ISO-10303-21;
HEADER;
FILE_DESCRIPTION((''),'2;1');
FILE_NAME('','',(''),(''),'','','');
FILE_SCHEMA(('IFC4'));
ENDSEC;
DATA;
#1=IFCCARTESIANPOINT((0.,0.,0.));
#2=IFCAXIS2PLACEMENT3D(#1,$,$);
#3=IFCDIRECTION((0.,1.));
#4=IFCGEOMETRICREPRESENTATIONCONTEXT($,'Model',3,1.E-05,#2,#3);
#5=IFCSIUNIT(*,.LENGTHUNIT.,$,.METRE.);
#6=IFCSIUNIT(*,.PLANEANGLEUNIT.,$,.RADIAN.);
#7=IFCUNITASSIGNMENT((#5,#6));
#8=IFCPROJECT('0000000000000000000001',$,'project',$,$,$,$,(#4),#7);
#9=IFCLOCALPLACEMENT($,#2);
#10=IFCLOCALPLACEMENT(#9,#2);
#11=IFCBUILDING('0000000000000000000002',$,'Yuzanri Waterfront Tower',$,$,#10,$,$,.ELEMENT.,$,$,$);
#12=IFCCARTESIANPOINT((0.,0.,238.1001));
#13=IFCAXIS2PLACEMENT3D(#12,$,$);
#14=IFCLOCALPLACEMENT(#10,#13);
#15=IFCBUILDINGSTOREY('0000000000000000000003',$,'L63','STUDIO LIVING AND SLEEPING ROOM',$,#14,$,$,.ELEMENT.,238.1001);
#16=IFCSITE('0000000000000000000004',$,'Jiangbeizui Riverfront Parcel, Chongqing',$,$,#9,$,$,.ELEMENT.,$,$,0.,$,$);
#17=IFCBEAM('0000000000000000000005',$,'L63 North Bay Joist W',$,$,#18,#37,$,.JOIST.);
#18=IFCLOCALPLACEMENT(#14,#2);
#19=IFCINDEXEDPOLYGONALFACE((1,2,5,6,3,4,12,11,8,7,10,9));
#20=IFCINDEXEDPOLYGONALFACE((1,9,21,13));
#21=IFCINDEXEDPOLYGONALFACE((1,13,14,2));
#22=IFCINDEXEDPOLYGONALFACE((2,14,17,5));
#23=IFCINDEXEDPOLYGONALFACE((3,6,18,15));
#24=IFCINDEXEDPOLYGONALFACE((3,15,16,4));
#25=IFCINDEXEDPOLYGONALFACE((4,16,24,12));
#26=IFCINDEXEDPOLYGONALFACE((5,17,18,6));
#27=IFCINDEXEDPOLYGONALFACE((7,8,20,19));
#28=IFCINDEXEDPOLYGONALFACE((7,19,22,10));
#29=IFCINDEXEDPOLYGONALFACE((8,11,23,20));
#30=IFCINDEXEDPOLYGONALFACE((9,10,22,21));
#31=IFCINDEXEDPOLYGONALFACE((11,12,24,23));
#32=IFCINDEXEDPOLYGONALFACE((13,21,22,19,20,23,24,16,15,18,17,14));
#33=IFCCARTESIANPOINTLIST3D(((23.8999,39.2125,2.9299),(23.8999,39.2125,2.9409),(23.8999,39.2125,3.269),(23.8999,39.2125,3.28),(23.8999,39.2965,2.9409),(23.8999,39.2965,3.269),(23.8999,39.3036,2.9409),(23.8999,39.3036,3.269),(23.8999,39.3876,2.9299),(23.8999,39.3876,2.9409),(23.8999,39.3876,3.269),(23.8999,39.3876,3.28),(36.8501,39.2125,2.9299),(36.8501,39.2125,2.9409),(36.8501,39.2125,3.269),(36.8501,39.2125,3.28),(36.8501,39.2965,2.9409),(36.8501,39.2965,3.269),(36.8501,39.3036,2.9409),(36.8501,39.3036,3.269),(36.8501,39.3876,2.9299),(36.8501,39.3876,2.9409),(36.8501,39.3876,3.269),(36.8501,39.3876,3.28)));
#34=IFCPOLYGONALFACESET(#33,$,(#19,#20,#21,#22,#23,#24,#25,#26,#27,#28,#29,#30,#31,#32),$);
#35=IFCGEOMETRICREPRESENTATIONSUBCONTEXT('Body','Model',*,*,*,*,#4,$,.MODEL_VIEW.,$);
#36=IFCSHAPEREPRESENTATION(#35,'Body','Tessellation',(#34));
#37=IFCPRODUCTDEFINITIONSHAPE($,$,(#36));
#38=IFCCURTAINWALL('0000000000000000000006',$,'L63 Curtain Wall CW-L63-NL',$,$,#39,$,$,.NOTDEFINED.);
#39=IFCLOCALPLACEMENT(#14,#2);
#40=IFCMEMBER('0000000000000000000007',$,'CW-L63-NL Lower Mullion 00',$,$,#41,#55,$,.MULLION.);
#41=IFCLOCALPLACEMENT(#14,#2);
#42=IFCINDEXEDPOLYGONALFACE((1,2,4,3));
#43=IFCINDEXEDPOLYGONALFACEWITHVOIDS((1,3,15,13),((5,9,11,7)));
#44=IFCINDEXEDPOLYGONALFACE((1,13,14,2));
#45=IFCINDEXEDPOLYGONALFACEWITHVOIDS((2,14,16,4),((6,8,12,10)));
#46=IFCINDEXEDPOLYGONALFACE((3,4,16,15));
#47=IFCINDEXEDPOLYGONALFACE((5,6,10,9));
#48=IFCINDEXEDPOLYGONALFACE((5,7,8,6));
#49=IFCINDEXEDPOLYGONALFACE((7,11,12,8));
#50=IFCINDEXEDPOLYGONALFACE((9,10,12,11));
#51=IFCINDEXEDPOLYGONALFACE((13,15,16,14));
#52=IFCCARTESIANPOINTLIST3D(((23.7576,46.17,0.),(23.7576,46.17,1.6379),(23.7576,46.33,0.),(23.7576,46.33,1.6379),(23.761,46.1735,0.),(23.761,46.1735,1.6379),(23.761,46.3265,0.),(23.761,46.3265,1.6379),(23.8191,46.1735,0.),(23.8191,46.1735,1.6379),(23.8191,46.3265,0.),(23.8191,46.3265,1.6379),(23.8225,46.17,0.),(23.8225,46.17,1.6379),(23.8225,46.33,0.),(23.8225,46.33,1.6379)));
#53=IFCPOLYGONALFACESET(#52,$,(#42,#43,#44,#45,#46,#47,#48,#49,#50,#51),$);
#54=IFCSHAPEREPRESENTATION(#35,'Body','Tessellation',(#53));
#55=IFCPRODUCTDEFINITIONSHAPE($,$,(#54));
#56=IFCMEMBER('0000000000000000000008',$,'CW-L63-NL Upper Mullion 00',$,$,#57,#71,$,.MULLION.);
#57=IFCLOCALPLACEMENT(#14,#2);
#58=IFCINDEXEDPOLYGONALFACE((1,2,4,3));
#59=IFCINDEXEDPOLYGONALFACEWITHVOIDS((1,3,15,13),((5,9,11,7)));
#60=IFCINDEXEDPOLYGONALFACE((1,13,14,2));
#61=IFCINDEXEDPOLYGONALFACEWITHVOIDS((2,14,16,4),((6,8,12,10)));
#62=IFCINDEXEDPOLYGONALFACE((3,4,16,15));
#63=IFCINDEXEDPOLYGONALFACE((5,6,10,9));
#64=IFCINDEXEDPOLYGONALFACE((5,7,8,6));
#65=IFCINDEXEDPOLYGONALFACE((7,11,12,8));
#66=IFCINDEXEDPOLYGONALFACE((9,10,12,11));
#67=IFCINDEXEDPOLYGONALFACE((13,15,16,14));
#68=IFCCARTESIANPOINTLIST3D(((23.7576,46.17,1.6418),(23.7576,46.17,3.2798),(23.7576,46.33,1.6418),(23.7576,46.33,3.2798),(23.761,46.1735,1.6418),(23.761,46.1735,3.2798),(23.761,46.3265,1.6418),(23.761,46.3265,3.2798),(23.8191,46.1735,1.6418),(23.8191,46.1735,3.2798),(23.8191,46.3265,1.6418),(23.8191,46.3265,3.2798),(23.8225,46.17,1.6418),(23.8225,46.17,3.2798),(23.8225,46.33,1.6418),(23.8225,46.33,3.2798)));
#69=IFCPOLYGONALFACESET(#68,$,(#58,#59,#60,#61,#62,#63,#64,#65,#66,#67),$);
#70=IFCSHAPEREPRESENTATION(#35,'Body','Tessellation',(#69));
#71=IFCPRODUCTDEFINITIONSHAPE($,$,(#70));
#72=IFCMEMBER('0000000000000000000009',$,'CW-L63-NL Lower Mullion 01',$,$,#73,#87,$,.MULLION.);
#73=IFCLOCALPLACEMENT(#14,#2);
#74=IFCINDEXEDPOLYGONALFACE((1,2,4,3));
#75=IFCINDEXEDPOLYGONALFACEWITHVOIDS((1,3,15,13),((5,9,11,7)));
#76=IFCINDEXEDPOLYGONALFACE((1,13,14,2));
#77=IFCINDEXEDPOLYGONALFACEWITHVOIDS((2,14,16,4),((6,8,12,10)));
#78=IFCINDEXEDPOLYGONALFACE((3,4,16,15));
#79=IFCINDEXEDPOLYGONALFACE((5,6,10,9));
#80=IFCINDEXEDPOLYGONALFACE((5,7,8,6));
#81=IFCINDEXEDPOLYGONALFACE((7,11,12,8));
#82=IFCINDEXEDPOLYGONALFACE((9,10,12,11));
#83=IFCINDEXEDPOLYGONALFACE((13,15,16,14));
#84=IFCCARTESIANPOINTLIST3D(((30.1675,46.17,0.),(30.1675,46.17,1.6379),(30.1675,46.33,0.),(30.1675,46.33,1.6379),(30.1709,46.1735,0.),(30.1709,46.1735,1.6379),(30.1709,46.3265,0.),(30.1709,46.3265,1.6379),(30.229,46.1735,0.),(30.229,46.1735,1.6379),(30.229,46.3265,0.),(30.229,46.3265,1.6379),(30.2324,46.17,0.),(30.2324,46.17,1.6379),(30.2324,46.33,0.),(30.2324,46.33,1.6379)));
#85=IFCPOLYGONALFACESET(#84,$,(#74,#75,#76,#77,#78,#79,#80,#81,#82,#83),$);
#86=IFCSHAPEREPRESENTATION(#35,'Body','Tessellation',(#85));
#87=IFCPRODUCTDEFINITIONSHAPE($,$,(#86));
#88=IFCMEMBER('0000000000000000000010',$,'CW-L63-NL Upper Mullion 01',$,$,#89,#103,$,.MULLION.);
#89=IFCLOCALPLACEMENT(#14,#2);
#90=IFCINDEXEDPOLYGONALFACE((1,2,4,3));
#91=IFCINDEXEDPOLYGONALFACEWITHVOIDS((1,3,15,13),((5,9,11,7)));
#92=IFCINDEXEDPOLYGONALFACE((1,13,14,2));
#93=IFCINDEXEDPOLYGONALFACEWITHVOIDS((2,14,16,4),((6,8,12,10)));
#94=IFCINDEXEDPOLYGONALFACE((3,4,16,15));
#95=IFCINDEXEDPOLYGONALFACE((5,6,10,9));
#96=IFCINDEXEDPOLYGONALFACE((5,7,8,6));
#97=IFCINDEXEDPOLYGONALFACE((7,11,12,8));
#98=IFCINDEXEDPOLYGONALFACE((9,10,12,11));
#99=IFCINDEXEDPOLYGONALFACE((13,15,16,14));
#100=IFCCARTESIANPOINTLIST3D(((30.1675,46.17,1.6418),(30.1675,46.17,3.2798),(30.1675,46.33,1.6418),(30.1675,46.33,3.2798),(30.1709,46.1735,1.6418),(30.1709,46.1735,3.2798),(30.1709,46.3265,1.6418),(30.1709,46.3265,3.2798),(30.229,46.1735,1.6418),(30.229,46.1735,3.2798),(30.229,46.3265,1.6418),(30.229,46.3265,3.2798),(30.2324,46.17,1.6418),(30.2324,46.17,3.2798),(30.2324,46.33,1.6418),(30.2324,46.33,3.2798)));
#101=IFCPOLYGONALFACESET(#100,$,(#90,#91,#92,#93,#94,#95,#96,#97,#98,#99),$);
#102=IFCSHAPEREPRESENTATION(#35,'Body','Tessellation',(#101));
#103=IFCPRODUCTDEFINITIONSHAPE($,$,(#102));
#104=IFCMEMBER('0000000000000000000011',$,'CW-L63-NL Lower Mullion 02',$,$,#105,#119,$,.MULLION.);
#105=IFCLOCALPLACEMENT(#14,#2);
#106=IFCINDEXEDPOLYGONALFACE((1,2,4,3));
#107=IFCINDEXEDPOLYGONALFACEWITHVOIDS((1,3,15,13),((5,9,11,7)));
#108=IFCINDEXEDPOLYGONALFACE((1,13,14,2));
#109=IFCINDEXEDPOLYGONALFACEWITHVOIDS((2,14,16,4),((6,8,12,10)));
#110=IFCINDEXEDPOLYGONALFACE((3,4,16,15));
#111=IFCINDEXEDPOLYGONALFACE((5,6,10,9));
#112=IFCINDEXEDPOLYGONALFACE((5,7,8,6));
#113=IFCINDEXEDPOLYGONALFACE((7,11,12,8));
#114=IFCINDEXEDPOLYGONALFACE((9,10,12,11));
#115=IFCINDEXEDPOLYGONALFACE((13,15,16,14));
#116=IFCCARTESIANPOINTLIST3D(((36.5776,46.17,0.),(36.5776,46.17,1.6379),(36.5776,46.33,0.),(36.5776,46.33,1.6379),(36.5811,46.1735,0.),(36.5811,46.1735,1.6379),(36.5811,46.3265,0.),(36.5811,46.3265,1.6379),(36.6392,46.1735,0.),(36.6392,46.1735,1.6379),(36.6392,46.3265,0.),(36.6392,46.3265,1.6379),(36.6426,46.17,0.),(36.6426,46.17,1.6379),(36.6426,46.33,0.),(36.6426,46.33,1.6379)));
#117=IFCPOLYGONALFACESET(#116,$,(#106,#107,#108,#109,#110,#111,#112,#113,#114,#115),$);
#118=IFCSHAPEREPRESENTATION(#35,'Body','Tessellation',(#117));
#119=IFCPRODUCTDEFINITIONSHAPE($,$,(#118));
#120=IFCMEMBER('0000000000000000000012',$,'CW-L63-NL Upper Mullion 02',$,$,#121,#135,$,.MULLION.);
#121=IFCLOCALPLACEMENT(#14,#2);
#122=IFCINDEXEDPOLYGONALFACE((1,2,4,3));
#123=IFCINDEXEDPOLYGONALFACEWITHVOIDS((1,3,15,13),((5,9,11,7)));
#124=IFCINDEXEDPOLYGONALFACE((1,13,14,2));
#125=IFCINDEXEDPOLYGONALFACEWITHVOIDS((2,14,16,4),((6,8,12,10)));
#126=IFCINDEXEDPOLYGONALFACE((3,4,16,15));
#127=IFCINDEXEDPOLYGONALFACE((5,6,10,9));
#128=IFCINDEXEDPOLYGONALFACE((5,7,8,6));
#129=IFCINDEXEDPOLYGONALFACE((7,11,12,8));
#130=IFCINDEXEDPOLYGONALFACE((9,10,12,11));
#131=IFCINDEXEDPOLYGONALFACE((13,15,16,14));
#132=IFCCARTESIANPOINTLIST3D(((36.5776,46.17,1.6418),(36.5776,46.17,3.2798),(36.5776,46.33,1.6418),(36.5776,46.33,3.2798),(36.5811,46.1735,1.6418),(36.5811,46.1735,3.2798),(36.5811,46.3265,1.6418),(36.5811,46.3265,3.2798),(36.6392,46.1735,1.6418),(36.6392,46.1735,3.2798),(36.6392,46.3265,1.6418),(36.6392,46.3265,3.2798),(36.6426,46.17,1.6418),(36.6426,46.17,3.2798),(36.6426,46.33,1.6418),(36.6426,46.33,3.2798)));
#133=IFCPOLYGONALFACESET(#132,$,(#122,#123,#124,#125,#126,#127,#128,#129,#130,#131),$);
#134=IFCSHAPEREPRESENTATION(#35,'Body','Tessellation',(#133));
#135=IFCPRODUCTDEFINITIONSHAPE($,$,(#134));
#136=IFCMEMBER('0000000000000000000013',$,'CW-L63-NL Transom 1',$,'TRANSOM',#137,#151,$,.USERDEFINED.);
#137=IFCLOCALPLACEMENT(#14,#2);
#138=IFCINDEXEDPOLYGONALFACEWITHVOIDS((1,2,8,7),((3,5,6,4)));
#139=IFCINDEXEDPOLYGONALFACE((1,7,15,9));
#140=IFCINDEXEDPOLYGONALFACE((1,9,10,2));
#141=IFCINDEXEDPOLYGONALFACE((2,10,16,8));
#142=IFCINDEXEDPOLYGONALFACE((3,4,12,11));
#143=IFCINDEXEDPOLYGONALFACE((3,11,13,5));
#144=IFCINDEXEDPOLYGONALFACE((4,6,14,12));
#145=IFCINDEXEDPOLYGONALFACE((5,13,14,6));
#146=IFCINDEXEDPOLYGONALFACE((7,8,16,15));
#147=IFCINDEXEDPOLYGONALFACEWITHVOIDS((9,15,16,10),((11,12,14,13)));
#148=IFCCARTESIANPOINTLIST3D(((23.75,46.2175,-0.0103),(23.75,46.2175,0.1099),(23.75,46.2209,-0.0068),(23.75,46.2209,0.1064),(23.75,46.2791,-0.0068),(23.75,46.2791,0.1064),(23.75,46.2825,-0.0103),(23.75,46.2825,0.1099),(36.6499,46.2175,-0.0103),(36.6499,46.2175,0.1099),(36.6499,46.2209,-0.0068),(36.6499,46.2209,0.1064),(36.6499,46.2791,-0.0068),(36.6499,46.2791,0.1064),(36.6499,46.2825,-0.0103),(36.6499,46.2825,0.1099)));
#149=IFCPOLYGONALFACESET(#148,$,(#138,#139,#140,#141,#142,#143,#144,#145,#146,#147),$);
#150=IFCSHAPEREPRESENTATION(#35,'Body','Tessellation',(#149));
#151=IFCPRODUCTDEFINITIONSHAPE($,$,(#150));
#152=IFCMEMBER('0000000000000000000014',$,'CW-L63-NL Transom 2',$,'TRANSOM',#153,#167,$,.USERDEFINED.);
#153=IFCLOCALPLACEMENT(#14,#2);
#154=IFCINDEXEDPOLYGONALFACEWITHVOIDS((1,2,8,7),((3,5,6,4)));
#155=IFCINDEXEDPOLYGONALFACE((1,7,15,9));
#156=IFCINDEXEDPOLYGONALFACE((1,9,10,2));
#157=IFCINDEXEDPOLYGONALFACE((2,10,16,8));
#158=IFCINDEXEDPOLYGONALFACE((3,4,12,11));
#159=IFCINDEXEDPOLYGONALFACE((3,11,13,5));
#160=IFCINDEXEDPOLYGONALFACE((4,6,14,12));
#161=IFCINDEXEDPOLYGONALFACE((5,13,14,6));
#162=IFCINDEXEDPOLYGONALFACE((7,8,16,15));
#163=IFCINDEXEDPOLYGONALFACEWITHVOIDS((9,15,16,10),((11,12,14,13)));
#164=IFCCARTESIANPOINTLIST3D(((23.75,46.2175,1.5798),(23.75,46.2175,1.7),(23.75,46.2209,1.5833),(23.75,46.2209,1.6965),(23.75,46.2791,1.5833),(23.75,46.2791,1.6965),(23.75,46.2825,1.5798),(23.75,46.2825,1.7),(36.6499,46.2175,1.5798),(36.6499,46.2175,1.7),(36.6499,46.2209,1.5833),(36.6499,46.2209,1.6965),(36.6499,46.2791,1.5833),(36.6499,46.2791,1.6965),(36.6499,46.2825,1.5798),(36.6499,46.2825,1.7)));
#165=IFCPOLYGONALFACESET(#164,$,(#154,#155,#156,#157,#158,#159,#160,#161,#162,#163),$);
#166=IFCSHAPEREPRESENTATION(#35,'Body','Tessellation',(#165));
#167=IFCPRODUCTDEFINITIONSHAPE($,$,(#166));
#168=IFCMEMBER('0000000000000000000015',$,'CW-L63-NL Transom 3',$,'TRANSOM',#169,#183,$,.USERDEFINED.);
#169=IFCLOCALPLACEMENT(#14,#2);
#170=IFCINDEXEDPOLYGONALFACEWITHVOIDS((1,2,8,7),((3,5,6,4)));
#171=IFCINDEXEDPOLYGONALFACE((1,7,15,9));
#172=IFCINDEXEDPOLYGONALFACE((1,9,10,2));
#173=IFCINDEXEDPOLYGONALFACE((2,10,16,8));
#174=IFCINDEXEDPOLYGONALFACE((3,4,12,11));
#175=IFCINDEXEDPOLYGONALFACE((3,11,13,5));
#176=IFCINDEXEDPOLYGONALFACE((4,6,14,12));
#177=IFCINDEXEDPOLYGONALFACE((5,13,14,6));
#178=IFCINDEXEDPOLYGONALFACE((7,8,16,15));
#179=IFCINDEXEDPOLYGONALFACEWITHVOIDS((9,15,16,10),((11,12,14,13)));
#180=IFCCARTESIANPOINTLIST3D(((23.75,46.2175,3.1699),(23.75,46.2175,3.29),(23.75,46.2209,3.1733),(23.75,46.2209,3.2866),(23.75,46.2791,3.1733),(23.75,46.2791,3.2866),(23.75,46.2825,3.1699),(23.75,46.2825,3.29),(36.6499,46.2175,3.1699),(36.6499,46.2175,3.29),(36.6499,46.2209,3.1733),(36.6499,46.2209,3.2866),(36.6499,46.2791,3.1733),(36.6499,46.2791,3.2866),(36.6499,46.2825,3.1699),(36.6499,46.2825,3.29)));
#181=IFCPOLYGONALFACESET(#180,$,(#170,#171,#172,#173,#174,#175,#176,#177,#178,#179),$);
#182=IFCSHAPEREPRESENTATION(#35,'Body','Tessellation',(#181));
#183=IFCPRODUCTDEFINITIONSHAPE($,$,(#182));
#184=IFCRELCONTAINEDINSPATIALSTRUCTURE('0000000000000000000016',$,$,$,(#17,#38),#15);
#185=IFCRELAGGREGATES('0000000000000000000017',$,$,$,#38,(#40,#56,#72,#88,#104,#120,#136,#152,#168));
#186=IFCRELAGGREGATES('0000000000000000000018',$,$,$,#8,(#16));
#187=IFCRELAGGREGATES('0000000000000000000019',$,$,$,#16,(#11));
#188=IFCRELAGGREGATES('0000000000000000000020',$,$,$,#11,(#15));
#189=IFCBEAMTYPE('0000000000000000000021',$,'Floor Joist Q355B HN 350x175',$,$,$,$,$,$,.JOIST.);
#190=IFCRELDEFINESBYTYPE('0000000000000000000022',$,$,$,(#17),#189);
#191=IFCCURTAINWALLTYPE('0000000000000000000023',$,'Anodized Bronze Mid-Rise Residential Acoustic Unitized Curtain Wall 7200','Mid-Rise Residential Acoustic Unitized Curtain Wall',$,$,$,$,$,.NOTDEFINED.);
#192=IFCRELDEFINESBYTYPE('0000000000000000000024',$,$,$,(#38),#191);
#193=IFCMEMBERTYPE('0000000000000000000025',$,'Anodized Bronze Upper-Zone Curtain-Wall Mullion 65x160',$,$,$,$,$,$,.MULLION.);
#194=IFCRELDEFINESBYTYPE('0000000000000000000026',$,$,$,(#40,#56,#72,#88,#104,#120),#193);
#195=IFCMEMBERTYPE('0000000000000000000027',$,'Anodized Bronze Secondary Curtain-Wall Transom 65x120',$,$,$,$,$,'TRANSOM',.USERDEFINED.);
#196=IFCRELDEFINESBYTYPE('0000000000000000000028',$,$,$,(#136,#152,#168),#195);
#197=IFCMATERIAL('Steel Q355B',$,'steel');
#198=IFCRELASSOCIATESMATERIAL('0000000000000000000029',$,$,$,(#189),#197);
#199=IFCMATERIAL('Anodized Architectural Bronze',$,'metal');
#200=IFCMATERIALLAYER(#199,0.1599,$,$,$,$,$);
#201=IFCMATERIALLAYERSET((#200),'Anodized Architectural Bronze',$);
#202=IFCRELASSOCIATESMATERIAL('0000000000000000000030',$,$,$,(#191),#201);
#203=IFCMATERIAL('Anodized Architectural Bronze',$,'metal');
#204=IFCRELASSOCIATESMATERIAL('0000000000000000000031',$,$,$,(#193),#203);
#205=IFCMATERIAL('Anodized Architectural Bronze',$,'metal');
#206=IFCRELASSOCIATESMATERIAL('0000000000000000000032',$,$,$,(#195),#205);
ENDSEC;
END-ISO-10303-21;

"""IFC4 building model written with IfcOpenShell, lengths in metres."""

from ifc_helpers import new_model, si_unit, direction, frame, origin, origin_2d, place, context, subcontext, project, spatial, hollow_rectangle, i_section, extrude, source, transform, mapped, material, layer, layer_set, material_profile, profile_set, type_object, element, aggregate, save


model = new_model("IFC4")

# Units and contexts
model_context = context("Model", 3, precision=1e-05, world=origin(), true_north=direction((0.0, 1.0)))
body_context = subcontext(model_context, "Body", "Model", "MODEL_VIEW")
ifc_project = project(units=[si_unit("LENGTHUNIT", "METRE"), si_unit("PLANEANGLEUNIT", "RADIAN")], contexts=[model_context])

# Site, building, storey
site_placement = place(None, origin())
site = spatial("IfcSite", under=ifc_project, at=site_placement, Name="Jiangbeizui Riverfront Parcel, Chongqing", CompositionType="ELEMENT", RefElevation=0.0)
building_placement = place(site_placement, origin())
building = spatial("IfcBuilding", under=site, at=building_placement, Name="Yuzanri Waterfront Tower", CompositionType="ELEMENT")
storey_placement = place(building_placement, frame((0.0, 0.0, 238.1001)))
storey = spatial("IfcBuildingStorey", under=building, at=storey_placement, Name="L63", Description="STUDIO LIVING AND SLEEPING ROOM", CompositionType="ELEMENT", Elevation=238.1001)

# Beam
ifc_material_1 = material(Name="Steel Q355B", Category="steel")
ifc_material_profile_1 = material_profile(ifc_material_1, i_section(OverallWidth=0.175, OverallDepth=0.3501, WebThickness=0.0071, FlangeThickness=0.011, at=origin_2d()), Name="HN 350x175x7x11")
ifc_profile_set_1 = profile_set([ifc_material_profile_1], Name="Steel Q355B")
beam_type = type_object("IfcBeamType", Name="Floor Joist Q355B HN 350x175", PredefinedType="JOIST", material=ifc_profile_set_1)
shared_shape_1 = source(origin(), body_context, "Body", "SweptSolid", [
    extrude(i_section(OverallWidth=0.175, OverallDepth=0.3501, WebThickness=0.0071, FlangeThickness=0.011, at=origin_2d()), origin(), (0.0, 0.0, 1.0), 12.9502),
])
beam_placement = place(storey_placement, frame((23.8999, 39.3, 3.105), z_axis=(1.0, 0.0, 0.0), x_axis=(0.0, 1.0, 0.0)))
element("IfcBeam", 1, at=beam_placement, inside=storey, type_object=beam_type, Name="L63 North Bay Joist W", PredefinedType="JOIST", context=body_context, shape_type="MappedRepresentation", body=[
    mapped(shared_shape_1, transform((0.0, 0.0, 0.0), scale=1.0)),
])

# Curtain wall, members
ifc_material_2 = material(Name="Anodized Architectural Bronze", Category="metal")
ifc_layer_1 = layer(ifc_material_2, 0.1599)
ifc_layer_set_1 = layer_set([ifc_layer_1], Name="Anodized Architectural Bronze")
curtain_wall_type = type_object("IfcCurtainWallType", Name="Anodized Bronze Mid-Rise Residential Acoustic Unitized Curtain Wall 7200", Description="Mid-Rise Residential Acoustic Unitized Curtain Wall", PredefinedType="NOTDEFINED", material=ifc_layer_set_1)
curtain_wall_placement = place(storey_placement, origin())
curtain_wall = element("IfcCurtainWall", 2, at=curtain_wall_placement, inside=storey, type_object=curtain_wall_type, Name="L63 Curtain Wall CW-L63-NL", PredefinedType="NOTDEFINED")
ifc_material_3 = material(Name="Anodized Architectural Bronze", Category="metal")
ifc_material_profile_2 = material_profile(ifc_material_3, hollow_rectangle(XDim=0.0649, YDim=0.1599, WallThickness=0.0034, at=origin_2d()), Name="CWM 65x160")
ifc_profile_set_2 = profile_set([ifc_material_profile_2], Name="Anodized Architectural Bronze")
member_type_1 = type_object("IfcMemberType", Name="Anodized Bronze Upper-Zone Curtain-Wall Mullion 65x160", PredefinedType="MULLION", material=ifc_profile_set_2)
shared_shape_2 = source(origin(), body_context, "Body", "SweptSolid", [
    extrude(hollow_rectangle(XDim=0.0649, YDim=0.1599, WallThickness=0.0034, at=origin_2d()), origin(), (0.0, 0.0, 1.0), 1.6379),
])
member_1_placement = place(storey_placement, frame((23.79, 46.25, 0.0), z_axis=(0.0, 0.0, 1.0), x_axis=(1.0, 0.0, 0.0)))
member_1 = element("IfcMember", 3, at=member_1_placement, type_object=member_type_1, Name="CW-L63-NL Lower Mullion 00", PredefinedType="MULLION", context=body_context, shape_type="MappedRepresentation", body=[
    mapped(shared_shape_2, transform((0.0, 0.0, 0.0), scale=1.0)),
])
member_2_placement = place(storey_placement, frame((23.79, 46.25, 1.6418), z_axis=(0.0, 0.0, 1.0), x_axis=(1.0, 0.0, 0.0)))
member_2 = element("IfcMember", 4, at=member_2_placement, type_object=member_type_1, Name="CW-L63-NL Upper Mullion 00", PredefinedType="MULLION", context=body_context, shape_type="MappedRepresentation", body=[
    mapped(shared_shape_2, transform((0.0, 0.0, 0.0), scale=1.0)),
])
member_3_placement = place(storey_placement, frame((30.2, 46.25, 0.0), z_axis=(0.0, 0.0, 1.0), x_axis=(1.0, 0.0, 0.0)))
member_3 = element("IfcMember", 5, at=member_3_placement, type_object=member_type_1, Name="CW-L63-NL Lower Mullion 01", PredefinedType="MULLION", context=body_context, shape_type="MappedRepresentation", body=[
    mapped(shared_shape_2, transform((0.0, 0.0, 0.0), scale=1.0)),
])
member_4_placement = place(storey_placement, frame((30.2, 46.25, 1.6418), z_axis=(0.0, 0.0, 1.0), x_axis=(1.0, 0.0, 0.0)))
member_4 = element("IfcMember", 6, at=member_4_placement, type_object=member_type_1, Name="CW-L63-NL Upper Mullion 01", PredefinedType="MULLION", context=body_context, shape_type="MappedRepresentation", body=[
    mapped(shared_shape_2, transform((0.0, 0.0, 0.0), scale=1.0)),
])
member_5_placement = place(storey_placement, frame((36.6101, 46.25, 0.0), z_axis=(0.0, 0.0, 1.0), x_axis=(1.0, 0.0, 0.0)))
member_5 = element("IfcMember", 7, at=member_5_placement, type_object=member_type_1, Name="CW-L63-NL Lower Mullion 02", PredefinedType="MULLION", context=body_context, shape_type="MappedRepresentation", body=[
    mapped(shared_shape_2, transform((0.0, 0.0, 0.0), scale=1.0)),
])
member_6_placement = place(storey_placement, frame((36.6101, 46.25, 1.6418), z_axis=(0.0, 0.0, 1.0), x_axis=(1.0, 0.0, 0.0)))
member_6 = element("IfcMember", 8, at=member_6_placement, type_object=member_type_1, Name="CW-L63-NL Upper Mullion 02", PredefinedType="MULLION", context=body_context, shape_type="MappedRepresentation", body=[
    mapped(shared_shape_2, transform((0.0, 0.0, 0.0), scale=1.0)),
])
ifc_material_4 = material(Name="Anodized Architectural Bronze", Category="metal")
ifc_material_profile_3 = material_profile(ifc_material_4, hollow_rectangle(XDim=0.0649, YDim=0.1201, WallThickness=0.0034, at=origin_2d()), Name="CWT 65x120")
ifc_profile_set_3 = profile_set([ifc_material_profile_3], Name="Anodized Architectural Bronze")
member_type_2 = type_object("IfcMemberType", Name="Anodized Bronze Secondary Curtain-Wall Transom 65x120", ElementType="TRANSOM", PredefinedType="USERDEFINED", material=ifc_profile_set_3)
shared_shape_3 = source(origin(), body_context, "Body", "SweptSolid", [
    extrude(hollow_rectangle(XDim=0.0649, YDim=0.1201, WallThickness=0.0034, at=origin_2d()), origin(), (0.0, 0.0, 1.0), 12.8999),
])
member_7_placement = place(storey_placement, frame((23.75, 46.25, 0.0498), z_axis=(1.0, 0.0, 0.0), x_axis=(0.0, 1.0, 0.0)))
member_7 = element("IfcMember", 9, at=member_7_placement, type_object=member_type_2, Name="CW-L63-NL Transom 1", ObjectType="TRANSOM", PredefinedType="USERDEFINED", context=body_context, shape_type="MappedRepresentation", body=[
    mapped(shared_shape_3, transform((0.0, 0.0, 0.0), scale=1.0)),
])
member_8_placement = place(storey_placement, frame((23.75, 46.25, 1.6399), z_axis=(1.0, 0.0, 0.0), x_axis=(0.0, 1.0, 0.0)))
member_8 = element("IfcMember", 10, at=member_8_placement, type_object=member_type_2, Name="CW-L63-NL Transom 2", ObjectType="TRANSOM", PredefinedType="USERDEFINED", context=body_context, shape_type="MappedRepresentation", body=[
    mapped(shared_shape_3, transform((0.0, 0.0, 0.0), scale=1.0)),
])
member_9_placement = place(storey_placement, frame((23.75, 46.25, 3.23), z_axis=(1.0, 0.0, 0.0), x_axis=(0.0, 1.0, 0.0)))
member_9 = element("IfcMember", 11, at=member_9_placement, type_object=member_type_2, Name="CW-L63-NL Transom 3", ObjectType="TRANSOM", PredefinedType="USERDEFINED", context=body_context, shape_type="MappedRepresentation", body=[
    mapped(shared_shape_3, transform((0.0, 0.0, 0.0), scale=1.0)),
])

aggregate(curtain_wall, [member_1, member_2, member_3, member_4, member_5, member_6, member_7, member_8, member_9])

save(model, "model.ifc")
